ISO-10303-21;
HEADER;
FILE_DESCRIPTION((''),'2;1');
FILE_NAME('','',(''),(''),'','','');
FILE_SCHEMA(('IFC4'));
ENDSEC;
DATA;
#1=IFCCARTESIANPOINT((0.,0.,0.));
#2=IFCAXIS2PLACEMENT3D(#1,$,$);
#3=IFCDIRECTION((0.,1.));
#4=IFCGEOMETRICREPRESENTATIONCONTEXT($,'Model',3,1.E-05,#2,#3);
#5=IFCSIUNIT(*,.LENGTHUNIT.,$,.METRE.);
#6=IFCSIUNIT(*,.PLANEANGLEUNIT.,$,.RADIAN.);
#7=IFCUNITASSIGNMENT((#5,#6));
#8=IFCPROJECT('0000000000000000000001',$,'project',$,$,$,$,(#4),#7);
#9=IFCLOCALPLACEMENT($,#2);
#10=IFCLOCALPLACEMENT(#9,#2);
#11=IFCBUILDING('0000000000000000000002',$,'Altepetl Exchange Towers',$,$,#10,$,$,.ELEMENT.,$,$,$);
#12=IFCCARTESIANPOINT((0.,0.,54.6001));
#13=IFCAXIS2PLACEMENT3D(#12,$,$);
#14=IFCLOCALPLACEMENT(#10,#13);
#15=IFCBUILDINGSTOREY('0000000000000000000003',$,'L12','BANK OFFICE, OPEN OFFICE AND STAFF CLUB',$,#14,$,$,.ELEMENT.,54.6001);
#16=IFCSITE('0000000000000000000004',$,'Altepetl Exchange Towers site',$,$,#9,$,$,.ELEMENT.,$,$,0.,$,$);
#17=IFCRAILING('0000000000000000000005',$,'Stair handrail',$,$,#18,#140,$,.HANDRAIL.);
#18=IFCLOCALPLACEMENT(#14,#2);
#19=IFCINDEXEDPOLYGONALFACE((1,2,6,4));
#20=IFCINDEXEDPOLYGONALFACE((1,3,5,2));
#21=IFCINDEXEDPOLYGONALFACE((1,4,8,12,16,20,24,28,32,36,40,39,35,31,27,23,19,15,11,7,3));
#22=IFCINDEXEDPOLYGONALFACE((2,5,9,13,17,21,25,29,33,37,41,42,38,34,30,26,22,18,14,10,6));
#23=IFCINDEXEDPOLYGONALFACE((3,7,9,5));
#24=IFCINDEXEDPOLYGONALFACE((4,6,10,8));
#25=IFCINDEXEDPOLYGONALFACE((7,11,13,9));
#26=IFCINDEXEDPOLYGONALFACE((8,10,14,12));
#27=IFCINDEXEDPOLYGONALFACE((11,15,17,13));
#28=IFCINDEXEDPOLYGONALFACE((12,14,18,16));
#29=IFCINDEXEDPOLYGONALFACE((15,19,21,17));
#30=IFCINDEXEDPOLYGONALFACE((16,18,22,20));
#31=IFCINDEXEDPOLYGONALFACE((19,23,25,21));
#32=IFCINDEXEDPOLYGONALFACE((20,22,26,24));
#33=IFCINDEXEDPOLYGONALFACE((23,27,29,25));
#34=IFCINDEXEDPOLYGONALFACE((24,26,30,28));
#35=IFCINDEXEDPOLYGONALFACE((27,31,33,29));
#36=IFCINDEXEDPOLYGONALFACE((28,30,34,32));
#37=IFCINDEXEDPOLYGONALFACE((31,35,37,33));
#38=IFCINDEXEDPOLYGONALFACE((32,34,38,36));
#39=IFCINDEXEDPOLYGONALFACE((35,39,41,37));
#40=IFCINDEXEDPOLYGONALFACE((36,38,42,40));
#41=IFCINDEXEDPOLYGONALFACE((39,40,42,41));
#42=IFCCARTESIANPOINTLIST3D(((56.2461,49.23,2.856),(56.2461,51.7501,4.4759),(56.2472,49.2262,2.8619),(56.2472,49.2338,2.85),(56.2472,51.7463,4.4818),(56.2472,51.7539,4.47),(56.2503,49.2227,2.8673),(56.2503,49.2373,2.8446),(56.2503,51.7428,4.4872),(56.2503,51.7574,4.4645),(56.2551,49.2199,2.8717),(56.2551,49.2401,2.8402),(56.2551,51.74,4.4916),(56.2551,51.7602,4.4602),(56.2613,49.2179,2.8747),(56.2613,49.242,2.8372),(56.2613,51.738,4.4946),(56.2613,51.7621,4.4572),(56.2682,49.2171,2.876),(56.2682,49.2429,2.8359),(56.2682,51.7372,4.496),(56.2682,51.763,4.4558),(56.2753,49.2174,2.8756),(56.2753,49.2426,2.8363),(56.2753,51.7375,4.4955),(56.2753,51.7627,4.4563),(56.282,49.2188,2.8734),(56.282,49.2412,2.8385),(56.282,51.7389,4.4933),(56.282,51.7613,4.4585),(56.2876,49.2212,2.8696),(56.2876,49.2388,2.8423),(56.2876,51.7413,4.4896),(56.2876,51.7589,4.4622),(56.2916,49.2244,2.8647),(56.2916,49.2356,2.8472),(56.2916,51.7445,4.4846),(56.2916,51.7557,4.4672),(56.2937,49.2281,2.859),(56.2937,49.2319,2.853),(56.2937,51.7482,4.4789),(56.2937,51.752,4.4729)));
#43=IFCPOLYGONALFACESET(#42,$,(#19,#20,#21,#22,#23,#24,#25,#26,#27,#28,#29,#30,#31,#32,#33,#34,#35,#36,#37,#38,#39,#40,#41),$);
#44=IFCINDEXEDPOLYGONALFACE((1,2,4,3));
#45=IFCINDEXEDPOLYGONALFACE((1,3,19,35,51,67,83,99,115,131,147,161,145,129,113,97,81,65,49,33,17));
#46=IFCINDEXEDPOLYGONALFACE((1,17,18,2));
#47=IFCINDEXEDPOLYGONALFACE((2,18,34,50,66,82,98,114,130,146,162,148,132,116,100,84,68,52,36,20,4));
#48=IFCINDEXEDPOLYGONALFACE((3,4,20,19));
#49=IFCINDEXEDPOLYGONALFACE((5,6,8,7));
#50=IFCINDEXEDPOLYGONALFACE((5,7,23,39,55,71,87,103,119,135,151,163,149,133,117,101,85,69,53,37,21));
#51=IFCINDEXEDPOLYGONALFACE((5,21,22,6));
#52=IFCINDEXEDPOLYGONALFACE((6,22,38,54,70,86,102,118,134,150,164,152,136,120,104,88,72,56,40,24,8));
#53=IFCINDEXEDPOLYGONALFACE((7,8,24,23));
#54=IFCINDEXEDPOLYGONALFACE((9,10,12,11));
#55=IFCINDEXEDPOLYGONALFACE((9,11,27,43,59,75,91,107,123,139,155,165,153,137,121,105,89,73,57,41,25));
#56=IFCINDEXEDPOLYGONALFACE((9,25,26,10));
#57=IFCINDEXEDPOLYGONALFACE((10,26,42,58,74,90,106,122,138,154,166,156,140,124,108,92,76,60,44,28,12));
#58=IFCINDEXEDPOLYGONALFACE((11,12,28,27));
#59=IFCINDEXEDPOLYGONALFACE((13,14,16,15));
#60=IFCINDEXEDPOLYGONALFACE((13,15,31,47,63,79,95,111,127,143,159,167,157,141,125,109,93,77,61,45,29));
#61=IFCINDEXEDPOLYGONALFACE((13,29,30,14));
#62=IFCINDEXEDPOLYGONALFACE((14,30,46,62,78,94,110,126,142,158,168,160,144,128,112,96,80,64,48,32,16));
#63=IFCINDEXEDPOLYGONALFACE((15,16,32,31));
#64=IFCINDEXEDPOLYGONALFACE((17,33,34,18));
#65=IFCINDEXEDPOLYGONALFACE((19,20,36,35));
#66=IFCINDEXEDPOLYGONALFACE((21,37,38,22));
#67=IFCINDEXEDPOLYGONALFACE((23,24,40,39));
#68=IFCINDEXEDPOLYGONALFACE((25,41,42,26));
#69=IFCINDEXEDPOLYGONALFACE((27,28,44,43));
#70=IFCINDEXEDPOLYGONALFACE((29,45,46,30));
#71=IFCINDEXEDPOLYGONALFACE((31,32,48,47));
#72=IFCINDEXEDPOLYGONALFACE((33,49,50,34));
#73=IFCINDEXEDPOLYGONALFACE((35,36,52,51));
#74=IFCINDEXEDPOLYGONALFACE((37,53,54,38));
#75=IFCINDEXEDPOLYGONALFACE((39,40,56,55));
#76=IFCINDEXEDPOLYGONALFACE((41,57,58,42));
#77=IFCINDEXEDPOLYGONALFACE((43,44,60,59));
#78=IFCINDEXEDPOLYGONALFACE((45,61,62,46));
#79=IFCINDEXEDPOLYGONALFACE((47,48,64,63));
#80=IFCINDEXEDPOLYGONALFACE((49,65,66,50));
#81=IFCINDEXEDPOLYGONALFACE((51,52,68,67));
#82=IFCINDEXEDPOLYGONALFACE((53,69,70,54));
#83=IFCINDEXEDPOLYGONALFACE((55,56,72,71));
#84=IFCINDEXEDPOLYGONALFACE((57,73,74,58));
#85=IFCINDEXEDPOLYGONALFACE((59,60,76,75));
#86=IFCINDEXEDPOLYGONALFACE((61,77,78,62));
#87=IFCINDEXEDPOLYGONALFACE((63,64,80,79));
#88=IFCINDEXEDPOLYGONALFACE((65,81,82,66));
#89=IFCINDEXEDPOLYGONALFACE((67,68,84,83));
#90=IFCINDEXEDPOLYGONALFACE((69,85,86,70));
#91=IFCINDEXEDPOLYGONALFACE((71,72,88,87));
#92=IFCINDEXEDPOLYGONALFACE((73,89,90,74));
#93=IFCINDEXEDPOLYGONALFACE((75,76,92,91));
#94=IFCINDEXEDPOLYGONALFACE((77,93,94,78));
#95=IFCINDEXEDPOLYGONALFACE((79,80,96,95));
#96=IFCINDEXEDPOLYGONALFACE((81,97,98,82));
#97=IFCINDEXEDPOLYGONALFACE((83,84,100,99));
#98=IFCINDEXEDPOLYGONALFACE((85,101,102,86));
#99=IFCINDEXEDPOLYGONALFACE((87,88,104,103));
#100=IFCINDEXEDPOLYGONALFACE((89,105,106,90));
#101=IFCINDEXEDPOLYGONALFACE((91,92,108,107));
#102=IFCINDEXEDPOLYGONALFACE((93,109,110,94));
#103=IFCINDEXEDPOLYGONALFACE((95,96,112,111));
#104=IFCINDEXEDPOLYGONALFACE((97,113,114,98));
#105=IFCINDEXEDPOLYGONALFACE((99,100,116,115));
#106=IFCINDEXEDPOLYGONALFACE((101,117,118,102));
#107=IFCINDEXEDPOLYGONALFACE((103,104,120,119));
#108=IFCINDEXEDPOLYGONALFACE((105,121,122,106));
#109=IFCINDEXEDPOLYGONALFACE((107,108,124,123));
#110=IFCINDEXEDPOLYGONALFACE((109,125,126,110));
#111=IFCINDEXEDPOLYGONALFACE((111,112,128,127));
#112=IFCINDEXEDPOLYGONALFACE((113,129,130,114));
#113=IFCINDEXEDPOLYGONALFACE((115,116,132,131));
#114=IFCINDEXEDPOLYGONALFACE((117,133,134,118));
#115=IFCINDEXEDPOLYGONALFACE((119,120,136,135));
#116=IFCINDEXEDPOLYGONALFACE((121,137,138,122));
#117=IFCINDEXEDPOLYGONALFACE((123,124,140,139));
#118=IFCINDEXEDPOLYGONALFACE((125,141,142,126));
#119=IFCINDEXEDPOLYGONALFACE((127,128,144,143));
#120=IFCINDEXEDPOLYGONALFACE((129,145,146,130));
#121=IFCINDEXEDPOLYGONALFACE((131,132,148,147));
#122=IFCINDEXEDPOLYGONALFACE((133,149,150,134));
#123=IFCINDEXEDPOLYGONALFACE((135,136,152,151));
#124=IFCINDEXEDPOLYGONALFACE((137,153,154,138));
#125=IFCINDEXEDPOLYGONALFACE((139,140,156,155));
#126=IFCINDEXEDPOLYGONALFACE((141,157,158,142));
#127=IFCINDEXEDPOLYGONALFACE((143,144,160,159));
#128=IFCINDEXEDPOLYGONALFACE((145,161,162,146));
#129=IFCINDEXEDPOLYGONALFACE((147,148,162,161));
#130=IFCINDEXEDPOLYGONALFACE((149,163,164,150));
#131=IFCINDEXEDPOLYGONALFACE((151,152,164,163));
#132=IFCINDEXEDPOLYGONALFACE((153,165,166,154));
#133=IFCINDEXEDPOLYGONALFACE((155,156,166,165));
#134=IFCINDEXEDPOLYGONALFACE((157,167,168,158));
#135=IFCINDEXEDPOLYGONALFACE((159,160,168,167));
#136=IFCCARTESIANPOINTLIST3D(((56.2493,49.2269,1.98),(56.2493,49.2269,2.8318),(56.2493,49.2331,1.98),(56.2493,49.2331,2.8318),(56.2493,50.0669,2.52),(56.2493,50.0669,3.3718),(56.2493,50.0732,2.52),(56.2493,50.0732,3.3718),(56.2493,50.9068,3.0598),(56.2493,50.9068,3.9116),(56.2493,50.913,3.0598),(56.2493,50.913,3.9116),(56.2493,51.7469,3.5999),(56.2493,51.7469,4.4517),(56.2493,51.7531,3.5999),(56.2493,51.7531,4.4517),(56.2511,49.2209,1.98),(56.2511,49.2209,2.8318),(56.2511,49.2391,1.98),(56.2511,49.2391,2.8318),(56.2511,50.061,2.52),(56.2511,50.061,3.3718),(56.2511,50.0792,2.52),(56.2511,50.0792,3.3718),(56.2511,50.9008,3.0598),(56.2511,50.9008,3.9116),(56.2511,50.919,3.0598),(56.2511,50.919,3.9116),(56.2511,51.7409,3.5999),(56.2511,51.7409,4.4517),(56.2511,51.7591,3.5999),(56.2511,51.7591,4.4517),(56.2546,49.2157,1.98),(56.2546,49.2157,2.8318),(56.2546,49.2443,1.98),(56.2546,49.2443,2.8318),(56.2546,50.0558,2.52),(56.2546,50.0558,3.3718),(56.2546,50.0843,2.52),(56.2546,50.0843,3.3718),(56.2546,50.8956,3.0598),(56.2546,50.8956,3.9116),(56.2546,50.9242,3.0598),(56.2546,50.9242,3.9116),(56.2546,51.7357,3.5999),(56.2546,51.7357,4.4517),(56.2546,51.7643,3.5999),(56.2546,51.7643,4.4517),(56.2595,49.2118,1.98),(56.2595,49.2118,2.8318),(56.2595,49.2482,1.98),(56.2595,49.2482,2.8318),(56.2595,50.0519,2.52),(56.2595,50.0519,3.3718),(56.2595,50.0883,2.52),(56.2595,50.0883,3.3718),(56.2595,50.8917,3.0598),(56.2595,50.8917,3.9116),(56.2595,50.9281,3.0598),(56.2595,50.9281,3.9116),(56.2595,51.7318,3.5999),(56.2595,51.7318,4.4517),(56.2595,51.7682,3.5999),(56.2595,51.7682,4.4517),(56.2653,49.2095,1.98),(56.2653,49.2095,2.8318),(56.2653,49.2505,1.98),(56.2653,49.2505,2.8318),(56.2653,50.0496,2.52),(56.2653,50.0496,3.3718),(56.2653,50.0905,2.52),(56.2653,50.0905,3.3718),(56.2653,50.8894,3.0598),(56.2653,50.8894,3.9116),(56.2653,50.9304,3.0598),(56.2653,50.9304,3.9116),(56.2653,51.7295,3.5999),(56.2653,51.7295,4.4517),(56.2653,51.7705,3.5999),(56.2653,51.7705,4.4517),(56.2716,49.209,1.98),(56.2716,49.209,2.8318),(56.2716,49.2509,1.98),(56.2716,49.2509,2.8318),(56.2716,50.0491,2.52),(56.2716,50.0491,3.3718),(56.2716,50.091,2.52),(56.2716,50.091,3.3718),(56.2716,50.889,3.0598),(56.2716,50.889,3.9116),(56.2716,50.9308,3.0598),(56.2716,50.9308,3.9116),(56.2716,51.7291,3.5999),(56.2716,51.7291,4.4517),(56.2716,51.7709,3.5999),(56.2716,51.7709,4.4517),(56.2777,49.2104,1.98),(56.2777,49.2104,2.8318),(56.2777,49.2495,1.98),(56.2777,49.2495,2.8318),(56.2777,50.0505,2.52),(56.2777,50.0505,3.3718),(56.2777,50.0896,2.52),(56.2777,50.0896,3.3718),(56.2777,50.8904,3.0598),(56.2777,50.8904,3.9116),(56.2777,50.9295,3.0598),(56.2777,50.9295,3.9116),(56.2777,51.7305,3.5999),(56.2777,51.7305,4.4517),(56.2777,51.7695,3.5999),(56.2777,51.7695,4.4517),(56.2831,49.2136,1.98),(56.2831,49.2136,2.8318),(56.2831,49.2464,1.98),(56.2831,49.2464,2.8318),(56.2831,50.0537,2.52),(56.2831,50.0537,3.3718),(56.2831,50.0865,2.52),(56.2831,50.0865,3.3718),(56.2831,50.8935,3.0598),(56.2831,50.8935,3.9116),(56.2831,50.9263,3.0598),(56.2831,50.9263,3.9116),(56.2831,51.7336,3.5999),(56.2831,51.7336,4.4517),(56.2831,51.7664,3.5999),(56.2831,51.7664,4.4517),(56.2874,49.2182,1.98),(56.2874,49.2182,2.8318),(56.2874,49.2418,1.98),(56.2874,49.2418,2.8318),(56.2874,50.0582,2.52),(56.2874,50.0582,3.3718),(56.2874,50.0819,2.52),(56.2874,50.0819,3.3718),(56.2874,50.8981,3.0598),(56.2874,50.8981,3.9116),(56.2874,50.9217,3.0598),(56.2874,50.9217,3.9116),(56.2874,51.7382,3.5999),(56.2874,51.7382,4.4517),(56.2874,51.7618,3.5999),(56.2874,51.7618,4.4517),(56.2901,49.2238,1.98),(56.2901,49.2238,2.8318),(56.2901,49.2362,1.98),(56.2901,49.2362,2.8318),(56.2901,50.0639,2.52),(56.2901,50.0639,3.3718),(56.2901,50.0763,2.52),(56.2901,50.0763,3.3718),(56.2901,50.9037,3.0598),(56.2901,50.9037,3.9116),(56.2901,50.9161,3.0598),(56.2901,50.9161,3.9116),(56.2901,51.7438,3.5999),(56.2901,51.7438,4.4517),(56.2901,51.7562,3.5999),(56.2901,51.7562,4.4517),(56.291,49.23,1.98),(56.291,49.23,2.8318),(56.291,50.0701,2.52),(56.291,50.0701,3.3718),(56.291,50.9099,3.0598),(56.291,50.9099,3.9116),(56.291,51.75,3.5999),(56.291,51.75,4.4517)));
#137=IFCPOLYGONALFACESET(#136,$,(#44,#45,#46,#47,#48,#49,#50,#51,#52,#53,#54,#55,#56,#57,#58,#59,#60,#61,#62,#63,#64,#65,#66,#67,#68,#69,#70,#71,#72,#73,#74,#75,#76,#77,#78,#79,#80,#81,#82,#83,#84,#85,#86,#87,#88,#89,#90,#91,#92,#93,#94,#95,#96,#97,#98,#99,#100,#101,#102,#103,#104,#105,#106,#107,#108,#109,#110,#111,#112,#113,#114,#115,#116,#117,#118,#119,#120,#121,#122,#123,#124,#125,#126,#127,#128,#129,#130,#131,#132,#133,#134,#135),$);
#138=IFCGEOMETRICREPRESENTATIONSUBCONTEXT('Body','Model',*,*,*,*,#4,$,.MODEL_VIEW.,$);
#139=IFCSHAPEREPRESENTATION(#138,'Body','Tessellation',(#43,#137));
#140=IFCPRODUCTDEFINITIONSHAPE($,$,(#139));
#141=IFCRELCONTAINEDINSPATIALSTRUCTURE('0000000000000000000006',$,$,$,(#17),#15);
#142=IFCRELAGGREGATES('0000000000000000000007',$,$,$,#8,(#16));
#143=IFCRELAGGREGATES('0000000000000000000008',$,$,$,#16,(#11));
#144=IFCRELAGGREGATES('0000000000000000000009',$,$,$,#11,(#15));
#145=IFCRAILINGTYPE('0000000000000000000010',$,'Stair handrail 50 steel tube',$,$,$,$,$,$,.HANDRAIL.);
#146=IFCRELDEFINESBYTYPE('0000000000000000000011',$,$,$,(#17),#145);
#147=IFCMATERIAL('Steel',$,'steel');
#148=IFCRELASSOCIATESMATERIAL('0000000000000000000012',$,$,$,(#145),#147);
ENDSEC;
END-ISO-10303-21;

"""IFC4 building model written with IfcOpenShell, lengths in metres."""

from ifc_helpers import new_model, si_unit, direction, frame, origin, origin_2d, place, context, subcontext, project, spatial, circle, extrude, source, transform, mapped, material, type_object, element, save


model = new_model("IFC4")

# Units and contexts
model_context = context("Model", 3, precision=1e-05, world=origin(), true_north=direction((0.0, 1.0)))
body_context = subcontext(model_context, "Body", "Model", "MODEL_VIEW")
ifc_project = project(units=[si_unit("LENGTHUNIT", "METRE"), si_unit("PLANEANGLEUNIT", "RADIAN")], contexts=[model_context])

# Site, building, storey
site_placement = place(None, origin())
site = spatial("IfcSite", under=ifc_project, at=site_placement, Name="Altepetl Exchange Towers site", CompositionType="ELEMENT", RefElevation=0.0)
building_placement = place(site_placement, origin())
building = spatial("IfcBuilding", under=site, at=building_placement, Name="Altepetl Exchange Towers", CompositionType="ELEMENT")
storey_placement = place(building_placement, frame((0.0, 0.0, 54.6001)))
storey = spatial("IfcBuildingStorey", under=building, at=storey_placement, Name="L12", Description="BANK OFFICE, OPEN OFFICE AND STAFF CLUB", CompositionType="ELEMENT", Elevation=54.6001)

# Railing
ifc_material_1 = material(Name="Steel", Category="steel")
railing_type = type_object("IfcRailingType", Name="Stair handrail 50 steel tube", PredefinedType="HANDRAIL", material=ifc_material_1)
shared_shape = source(origin(), body_context, "Body", "SweptSolid", [
    extrude(circle(Radius=0.021, at=origin_2d()), origin(), (0.0, 0.0, 1.0), 0.8518),
])
railing_1_placement = place(storey_placement, frame((56.27, 49.23, 1.98)))
element("IfcRailing", 1, at=railing_1_placement, inside=storey, type_object=railing_type, Name="Stair handrail", PredefinedType="HANDRAIL", context=body_context, shape_type="SweptSolid", body=[
    extrude(circle(Radius=0.0239, at=origin_2d()), frame((0.0, 0.0, 0.876), z_axis=(0.0, 0.8412, 0.540725), x_axis=(-1.0, 0.0, 0.0)), (0.0, 0.0, 1.0), 2.9958),
    mapped(shared_shape, transform((0.0, 0.0, 0.0))),
    mapped(shared_shape, transform((0.0, 0.8401, 0.54))),
    mapped(shared_shape, transform((0.0, 1.6799, 1.0798))),
    mapped(shared_shape, transform((0.0, 2.52, 1.6199))),
])

save(model, "model.ifc")
